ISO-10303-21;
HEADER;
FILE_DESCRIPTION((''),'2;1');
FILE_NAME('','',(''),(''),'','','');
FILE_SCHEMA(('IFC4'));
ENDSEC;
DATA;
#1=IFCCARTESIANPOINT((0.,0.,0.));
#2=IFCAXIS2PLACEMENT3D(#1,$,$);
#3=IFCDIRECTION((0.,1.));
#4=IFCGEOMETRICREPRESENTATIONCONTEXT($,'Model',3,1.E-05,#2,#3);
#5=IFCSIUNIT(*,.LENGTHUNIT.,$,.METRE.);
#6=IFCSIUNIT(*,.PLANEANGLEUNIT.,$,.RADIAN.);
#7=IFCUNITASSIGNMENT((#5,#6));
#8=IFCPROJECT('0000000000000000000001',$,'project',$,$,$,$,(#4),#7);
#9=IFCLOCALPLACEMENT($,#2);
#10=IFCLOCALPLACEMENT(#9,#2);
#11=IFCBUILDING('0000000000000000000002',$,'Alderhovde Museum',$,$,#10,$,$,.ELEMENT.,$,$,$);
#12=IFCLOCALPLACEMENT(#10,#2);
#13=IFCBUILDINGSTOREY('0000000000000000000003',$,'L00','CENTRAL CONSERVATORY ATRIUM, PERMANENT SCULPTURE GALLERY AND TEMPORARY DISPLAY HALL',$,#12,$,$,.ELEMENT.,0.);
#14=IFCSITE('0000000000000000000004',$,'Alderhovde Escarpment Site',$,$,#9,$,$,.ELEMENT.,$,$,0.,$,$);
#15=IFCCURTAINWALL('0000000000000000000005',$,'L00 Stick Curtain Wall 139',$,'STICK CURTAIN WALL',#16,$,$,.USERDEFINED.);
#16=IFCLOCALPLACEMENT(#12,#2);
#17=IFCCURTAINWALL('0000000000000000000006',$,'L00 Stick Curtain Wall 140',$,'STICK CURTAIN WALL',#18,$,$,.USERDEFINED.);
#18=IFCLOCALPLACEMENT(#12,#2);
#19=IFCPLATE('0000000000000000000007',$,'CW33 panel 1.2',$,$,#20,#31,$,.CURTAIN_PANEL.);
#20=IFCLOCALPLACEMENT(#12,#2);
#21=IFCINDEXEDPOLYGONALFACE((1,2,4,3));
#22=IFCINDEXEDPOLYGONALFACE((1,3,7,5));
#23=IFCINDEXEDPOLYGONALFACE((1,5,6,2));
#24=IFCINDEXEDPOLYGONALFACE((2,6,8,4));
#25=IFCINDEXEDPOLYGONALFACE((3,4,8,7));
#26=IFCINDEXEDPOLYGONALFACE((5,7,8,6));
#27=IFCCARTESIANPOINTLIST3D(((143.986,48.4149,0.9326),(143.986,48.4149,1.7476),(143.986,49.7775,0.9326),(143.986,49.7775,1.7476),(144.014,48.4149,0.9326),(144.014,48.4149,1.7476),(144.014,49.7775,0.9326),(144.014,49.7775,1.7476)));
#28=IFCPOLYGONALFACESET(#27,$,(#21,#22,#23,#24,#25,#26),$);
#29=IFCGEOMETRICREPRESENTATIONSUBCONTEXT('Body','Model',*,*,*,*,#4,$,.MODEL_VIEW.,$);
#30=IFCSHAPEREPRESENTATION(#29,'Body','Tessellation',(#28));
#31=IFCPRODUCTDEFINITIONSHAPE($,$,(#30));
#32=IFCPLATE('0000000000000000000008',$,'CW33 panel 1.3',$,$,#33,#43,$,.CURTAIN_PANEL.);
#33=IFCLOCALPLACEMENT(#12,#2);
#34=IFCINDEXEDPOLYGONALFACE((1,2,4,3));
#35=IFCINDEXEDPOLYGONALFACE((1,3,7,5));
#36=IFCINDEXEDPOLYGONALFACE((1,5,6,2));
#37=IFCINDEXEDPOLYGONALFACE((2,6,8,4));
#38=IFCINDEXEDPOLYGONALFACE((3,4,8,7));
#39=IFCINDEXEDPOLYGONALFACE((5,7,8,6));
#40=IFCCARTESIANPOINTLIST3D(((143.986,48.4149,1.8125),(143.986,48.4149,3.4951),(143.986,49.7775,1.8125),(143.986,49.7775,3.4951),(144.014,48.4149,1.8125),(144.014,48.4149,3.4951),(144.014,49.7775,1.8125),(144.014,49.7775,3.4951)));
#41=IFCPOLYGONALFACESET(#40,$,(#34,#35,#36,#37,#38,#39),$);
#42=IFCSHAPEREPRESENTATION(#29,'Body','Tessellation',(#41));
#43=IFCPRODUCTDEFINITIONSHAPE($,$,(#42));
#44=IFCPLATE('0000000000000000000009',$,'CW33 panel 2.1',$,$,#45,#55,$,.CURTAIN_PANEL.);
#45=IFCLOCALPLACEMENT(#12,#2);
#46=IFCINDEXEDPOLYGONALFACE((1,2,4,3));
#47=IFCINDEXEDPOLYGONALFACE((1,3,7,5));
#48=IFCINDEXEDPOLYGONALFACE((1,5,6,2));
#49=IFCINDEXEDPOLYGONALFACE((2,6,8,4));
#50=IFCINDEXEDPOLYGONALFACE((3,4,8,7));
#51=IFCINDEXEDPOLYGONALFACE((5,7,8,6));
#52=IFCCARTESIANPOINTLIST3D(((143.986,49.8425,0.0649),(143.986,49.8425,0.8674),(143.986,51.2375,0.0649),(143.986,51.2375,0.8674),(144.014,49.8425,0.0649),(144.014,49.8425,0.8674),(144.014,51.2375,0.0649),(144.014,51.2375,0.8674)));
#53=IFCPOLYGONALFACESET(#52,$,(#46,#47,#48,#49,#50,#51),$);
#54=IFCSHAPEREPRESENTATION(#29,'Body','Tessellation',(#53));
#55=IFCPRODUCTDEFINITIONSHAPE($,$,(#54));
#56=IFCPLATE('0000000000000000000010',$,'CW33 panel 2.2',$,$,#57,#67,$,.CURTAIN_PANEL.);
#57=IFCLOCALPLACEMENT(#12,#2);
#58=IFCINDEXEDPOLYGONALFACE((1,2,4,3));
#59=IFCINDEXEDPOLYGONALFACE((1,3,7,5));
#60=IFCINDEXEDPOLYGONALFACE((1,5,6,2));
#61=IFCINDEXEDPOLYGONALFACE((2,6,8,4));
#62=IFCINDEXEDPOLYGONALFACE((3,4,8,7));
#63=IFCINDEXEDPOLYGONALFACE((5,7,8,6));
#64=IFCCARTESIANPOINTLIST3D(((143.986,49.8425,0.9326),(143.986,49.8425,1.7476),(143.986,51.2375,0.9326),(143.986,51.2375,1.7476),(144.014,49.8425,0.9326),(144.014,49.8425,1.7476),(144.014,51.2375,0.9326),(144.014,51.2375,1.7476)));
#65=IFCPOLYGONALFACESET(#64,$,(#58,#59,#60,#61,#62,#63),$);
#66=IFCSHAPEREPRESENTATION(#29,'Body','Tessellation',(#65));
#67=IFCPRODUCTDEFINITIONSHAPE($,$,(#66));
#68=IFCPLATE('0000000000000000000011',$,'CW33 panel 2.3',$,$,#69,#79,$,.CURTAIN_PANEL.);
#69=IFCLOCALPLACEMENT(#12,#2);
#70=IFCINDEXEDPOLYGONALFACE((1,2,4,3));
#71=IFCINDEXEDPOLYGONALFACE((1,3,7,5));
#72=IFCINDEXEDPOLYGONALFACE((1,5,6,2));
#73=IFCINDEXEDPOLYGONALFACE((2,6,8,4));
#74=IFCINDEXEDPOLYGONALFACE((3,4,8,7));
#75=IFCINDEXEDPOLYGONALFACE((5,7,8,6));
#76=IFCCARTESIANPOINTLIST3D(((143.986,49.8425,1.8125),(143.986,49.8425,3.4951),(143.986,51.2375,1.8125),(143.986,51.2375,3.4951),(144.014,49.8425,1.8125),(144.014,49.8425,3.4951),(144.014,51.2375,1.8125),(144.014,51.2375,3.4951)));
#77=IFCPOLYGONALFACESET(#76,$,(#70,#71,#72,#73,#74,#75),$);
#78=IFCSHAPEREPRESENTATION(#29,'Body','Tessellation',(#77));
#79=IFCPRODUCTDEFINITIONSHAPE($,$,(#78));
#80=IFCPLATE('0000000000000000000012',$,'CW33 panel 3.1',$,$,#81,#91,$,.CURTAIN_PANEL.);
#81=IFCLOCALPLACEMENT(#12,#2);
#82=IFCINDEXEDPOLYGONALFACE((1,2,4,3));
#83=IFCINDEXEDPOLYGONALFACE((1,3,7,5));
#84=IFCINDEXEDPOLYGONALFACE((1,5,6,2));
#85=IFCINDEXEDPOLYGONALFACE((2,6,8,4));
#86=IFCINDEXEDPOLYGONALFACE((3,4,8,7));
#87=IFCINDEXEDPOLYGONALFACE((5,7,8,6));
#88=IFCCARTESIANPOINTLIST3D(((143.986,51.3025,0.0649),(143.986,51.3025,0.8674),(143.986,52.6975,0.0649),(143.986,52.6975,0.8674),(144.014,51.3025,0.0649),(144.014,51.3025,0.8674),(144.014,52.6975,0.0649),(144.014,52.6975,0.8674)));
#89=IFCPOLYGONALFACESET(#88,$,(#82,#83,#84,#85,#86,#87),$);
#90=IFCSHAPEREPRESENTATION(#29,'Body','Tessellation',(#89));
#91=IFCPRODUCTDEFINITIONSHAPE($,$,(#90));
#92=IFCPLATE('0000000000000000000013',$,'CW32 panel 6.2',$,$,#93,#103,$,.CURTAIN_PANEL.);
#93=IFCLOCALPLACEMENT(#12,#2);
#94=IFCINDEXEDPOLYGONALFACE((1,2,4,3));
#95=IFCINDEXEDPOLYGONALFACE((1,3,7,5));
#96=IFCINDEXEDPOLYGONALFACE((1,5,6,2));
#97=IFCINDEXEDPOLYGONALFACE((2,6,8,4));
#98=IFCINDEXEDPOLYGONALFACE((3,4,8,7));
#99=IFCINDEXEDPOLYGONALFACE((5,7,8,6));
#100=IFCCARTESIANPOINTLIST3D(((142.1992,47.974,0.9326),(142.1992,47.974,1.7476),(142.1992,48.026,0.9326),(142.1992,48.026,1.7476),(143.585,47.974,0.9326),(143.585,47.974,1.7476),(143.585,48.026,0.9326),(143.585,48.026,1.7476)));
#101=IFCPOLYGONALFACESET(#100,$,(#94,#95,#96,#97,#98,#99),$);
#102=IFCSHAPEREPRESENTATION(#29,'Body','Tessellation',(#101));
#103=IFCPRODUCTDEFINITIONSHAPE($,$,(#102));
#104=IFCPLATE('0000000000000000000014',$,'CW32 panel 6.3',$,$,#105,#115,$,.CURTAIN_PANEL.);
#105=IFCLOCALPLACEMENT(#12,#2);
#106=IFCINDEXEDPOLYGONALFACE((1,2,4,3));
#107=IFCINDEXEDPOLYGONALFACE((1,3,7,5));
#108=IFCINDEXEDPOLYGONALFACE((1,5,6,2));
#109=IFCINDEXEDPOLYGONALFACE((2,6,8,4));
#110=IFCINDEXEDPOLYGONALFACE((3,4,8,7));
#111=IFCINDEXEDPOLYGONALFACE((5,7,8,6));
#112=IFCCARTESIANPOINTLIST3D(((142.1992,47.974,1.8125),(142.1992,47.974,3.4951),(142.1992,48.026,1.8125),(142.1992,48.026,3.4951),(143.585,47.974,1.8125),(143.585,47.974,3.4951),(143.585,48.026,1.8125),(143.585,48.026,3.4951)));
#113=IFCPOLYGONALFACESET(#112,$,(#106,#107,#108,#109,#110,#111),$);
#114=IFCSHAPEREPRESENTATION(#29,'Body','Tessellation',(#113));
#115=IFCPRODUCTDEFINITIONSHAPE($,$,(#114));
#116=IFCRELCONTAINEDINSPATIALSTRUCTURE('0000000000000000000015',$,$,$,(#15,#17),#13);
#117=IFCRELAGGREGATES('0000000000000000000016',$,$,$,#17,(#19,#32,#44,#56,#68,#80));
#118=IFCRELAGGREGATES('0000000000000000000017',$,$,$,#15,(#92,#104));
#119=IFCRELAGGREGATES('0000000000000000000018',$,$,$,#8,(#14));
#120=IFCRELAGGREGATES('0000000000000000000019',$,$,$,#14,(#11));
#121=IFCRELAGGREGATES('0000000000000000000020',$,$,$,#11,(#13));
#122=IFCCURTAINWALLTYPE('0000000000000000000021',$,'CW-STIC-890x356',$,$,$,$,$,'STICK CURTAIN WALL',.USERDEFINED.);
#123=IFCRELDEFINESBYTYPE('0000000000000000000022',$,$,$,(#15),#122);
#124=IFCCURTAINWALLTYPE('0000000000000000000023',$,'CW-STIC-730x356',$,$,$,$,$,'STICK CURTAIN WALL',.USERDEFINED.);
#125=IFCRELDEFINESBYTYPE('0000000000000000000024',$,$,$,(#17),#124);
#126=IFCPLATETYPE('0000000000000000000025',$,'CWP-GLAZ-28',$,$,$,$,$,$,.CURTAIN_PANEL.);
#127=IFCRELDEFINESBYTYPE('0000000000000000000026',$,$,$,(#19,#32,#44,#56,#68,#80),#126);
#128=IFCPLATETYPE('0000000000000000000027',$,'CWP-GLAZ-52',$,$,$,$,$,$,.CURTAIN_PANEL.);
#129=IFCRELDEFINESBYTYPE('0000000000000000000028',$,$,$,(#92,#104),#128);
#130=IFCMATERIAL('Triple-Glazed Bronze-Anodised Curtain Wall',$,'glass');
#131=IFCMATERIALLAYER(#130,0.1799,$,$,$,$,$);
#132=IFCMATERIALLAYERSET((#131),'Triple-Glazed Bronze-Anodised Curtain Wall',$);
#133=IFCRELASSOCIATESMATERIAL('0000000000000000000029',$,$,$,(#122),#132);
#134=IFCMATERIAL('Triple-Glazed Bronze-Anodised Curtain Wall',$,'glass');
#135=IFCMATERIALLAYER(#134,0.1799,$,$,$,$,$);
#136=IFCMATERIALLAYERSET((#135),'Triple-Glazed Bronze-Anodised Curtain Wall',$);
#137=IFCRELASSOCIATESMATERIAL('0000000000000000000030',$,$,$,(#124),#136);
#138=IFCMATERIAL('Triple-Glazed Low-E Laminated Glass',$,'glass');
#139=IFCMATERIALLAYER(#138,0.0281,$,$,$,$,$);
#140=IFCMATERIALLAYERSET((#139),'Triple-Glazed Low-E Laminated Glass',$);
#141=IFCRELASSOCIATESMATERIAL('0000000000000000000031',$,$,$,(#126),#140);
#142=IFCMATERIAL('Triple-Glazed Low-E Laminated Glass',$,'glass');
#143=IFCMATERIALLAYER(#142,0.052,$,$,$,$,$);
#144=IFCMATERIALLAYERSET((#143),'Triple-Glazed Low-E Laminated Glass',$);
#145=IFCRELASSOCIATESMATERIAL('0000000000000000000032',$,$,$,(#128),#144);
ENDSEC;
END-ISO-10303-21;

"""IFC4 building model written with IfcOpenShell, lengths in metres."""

from ifc_helpers import new_model, si_unit, direction, frame, origin, origin_2d, place, context, subcontext, project, spatial, rectangle, extrude, material, layer, layer_set, type_object, element, aggregate, save


model = new_model("IFC4")

# Units and contexts
model_context = context("Model", 3, precision=1e-05, world=origin(), true_north=direction((0.0, 1.0)))
body_context = subcontext(model_context, "Body", "Model", "MODEL_VIEW")
ifc_project = project(units=[si_unit("LENGTHUNIT", "METRE"), si_unit("PLANEANGLEUNIT", "RADIAN")], contexts=[model_context])

# Site, building, storey
site_placement = place(None, origin())
site = spatial("IfcSite", under=ifc_project, at=site_placement, Name="Alderhovde Escarpment Site", CompositionType="ELEMENT", RefElevation=0.0)
building_placement = place(site_placement, origin())
building = spatial("IfcBuilding", under=site, at=building_placement, Name="Alderhovde Museum", CompositionType="ELEMENT")
storey_placement = place(building_placement, origin())
storey = spatial("IfcBuildingStorey", under=building, at=storey_placement, Name="L00", Description="CENTRAL CONSERVATORY ATRIUM, PERMANENT SCULPTURE GALLERY AND TEMPORARY DISPLAY HALL", CompositionType="ELEMENT", Elevation=0.0)

# Curtain wall
ifc_material_1 = material(Name="Triple-Glazed Bronze-Anodised Curtain Wall", Category="glass")
ifc_layer_1 = layer(ifc_material_1, 0.1799)
ifc_layer_set_1 = layer_set([ifc_layer_1], Name="Triple-Glazed Bronze-Anodised Curtain Wall")
curtain_wall_type_1 = type_object("IfcCurtainWallType", Name="CW-STIC-890x356", ElementType="STICK CURTAIN WALL", PredefinedType="USERDEFINED", material=ifc_layer_set_1)
curtain_wall_1_placement = place(storey_placement, origin())
curtain_wall_1 = element("IfcCurtainWall", 1, at=curtain_wall_1_placement, inside=storey, type_object=curtain_wall_type_1, Name="L00 Stick Curtain Wall 139", ObjectType="STICK CURTAIN WALL", PredefinedType="USERDEFINED")

# Curtain wall, plates
ifc_material_2 = material(Name="Triple-Glazed Bronze-Anodised Curtain Wall", Category="glass")
ifc_layer_2 = layer(ifc_material_2, 0.1799)
ifc_layer_set_2 = layer_set([ifc_layer_2], Name="Triple-Glazed Bronze-Anodised Curtain Wall")
curtain_wall_type_2 = type_object("IfcCurtainWallType", Name="CW-STIC-730x356", ElementType="STICK CURTAIN WALL", PredefinedType="USERDEFINED", material=ifc_layer_set_2)
curtain_wall_2_placement = place(storey_placement, origin())
curtain_wall_2 = element("IfcCurtainWall", 2, at=curtain_wall_2_placement, inside=storey, type_object=curtain_wall_type_2, Name="L00 Stick Curtain Wall 140", ObjectType="STICK CURTAIN WALL", PredefinedType="USERDEFINED")
ifc_material_3 = material(Name="Triple-Glazed Low-E Laminated Glass", Category="glass")
ifc_layer_3 = layer(ifc_material_3, 0.0281)
ifc_layer_set_3 = layer_set([ifc_layer_3], Name="Triple-Glazed Low-E Laminated Glass")
plate_type_1 = type_object("IfcPlateType", Name="CWP-GLAZ-28", PredefinedType="CURTAIN_PANEL", material=ifc_layer_set_3)
plate_1_placement = place(storey_placement, frame((144.0, 49.0962, 0.9326), z_axis=(0.0, 0.0, 1.0), x_axis=(0.0, 1.0, 0.0)))
plate_1 = element("IfcPlate", 3, at=plate_1_placement, type_object=plate_type_1, Name="CW33 panel 1.2", PredefinedType="CURTAIN_PANEL", context=body_context, shape_type="SweptSolid", body=[
    extrude(rectangle(XDim=1.3625, YDim=0.0281, at=origin_2d()), origin(), (0.0, 0.0, 1.0), 0.8149),
])
plate_2_placement = place(storey_placement, frame((144.0, 49.0962, 1.8125), z_axis=(0.0, 0.0, 1.0), x_axis=(0.0, 1.0, 0.0)))
plate_2 = element("IfcPlate", 4, at=plate_2_placement, type_object=plate_type_1, Name="CW33 panel 1.3", PredefinedType="CURTAIN_PANEL", context=body_context, shape_type="SweptSolid", body=[
    extrude(rectangle(XDim=1.3625, YDim=0.0281, at=origin_2d()), origin(), (0.0, 0.0, 1.0), 1.6826),
])
plate_3_placement = place(storey_placement, frame((144.0, 50.54, 0.0649), z_axis=(0.0, 0.0, 1.0), x_axis=(0.0, 1.0, 0.0)))
plate_3 = element("IfcPlate", 5, at=plate_3_placement, type_object=plate_type_1, Name="CW33 panel 2.1", PredefinedType="CURTAIN_PANEL", context=body_context, shape_type="SweptSolid", body=[
    extrude(rectangle(XDim=1.395, YDim=0.0281, at=origin_2d()), origin(), (0.0, 0.0, 1.0), 0.8025),
])
plate_4_placement = place(storey_placement, frame((144.0, 50.54, 0.9326), z_axis=(0.0, 0.0, 1.0), x_axis=(0.0, 1.0, 0.0)))
plate_4 = element("IfcPlate", 6, at=plate_4_placement, type_object=plate_type_1, Name="CW33 panel 2.2", PredefinedType="CURTAIN_PANEL", context=body_context, shape_type="SweptSolid", body=[
    extrude(rectangle(XDim=1.395, YDim=0.0281, at=origin_2d()), origin(), (0.0, 0.0, 1.0), 0.8149),
])
plate_5_placement = place(storey_placement, frame((144.0, 50.54, 1.8125), z_axis=(0.0, 0.0, 1.0), x_axis=(0.0, 1.0, 0.0)))
plate_5 = element("IfcPlate", 7, at=plate_5_placement, type_object=plate_type_1, Name="CW33 panel 2.3", PredefinedType="CURTAIN_PANEL", context=body_context, shape_type="SweptSolid", body=[
    extrude(rectangle(XDim=1.395, YDim=0.0281, at=origin_2d()), origin(), (0.0, 0.0, 1.0), 1.6826),
])
plate_6_placement = place(storey_placement, frame((144.0, 52.0, 0.0649), z_axis=(0.0, 0.0, 1.0), x_axis=(0.0, 1.0, 0.0)))
plate_6 = element("IfcPlate", 8, at=plate_6_placement, type_object=plate_type_1, Name="CW33 panel 3.1", PredefinedType="CURTAIN_PANEL", context=body_context, shape_type="SweptSolid", body=[
    extrude(rectangle(XDim=1.395, YDim=0.0281, at=origin_2d()), origin(), (0.0, 0.0, 1.0), 0.8025),
])
aggregate(curtain_wall_2, [plate_1, plate_2, plate_3, plate_4, plate_5, plate_6])

# Plates
ifc_material_4 = material(Name="Triple-Glazed Low-E Laminated Glass", Category="glass")
ifc_layer_4 = layer(ifc_material_4, 0.052)
ifc_layer_set_4 = layer_set([ifc_layer_4], Name="Triple-Glazed Low-E Laminated Glass")
plate_type_2 = type_object("IfcPlateType", Name="CWP-GLAZ-52", PredefinedType="CURTAIN_PANEL", material=ifc_layer_set_4)
plate_7_placement = place(storey_placement, frame((142.8921, 48.0, 0.9326), z_axis=(0.0, 0.0, 1.0), x_axis=(1.0, 0.0, 0.0)))
plate_7 = element("IfcPlate", 9, at=plate_7_placement, type_object=plate_type_2, Name="CW32 panel 6.2", PredefinedType="CURTAIN_PANEL", context=body_context, shape_type="SweptSolid", body=[
    extrude(rectangle(XDim=1.3857, YDim=0.052, at=origin_2d()), origin(), (0.0, 0.0, 1.0), 0.8149),
])
plate_8_placement = place(storey_placement, frame((142.8921, 48.0, 1.8125), z_axis=(0.0, 0.0, 1.0), x_axis=(1.0, 0.0, 0.0)))
plate_8 = element("IfcPlate", 10, at=plate_8_placement, type_object=plate_type_2, Name="CW32 panel 6.3", PredefinedType="CURTAIN_PANEL", context=body_context, shape_type="SweptSolid", body=[
    extrude(rectangle(XDim=1.3857, YDim=0.052, at=origin_2d()), origin(), (0.0, 0.0, 1.0), 1.6826),
])
aggregate(curtain_wall_1, [plate_7, plate_8])

save(model, "model.ifc")
